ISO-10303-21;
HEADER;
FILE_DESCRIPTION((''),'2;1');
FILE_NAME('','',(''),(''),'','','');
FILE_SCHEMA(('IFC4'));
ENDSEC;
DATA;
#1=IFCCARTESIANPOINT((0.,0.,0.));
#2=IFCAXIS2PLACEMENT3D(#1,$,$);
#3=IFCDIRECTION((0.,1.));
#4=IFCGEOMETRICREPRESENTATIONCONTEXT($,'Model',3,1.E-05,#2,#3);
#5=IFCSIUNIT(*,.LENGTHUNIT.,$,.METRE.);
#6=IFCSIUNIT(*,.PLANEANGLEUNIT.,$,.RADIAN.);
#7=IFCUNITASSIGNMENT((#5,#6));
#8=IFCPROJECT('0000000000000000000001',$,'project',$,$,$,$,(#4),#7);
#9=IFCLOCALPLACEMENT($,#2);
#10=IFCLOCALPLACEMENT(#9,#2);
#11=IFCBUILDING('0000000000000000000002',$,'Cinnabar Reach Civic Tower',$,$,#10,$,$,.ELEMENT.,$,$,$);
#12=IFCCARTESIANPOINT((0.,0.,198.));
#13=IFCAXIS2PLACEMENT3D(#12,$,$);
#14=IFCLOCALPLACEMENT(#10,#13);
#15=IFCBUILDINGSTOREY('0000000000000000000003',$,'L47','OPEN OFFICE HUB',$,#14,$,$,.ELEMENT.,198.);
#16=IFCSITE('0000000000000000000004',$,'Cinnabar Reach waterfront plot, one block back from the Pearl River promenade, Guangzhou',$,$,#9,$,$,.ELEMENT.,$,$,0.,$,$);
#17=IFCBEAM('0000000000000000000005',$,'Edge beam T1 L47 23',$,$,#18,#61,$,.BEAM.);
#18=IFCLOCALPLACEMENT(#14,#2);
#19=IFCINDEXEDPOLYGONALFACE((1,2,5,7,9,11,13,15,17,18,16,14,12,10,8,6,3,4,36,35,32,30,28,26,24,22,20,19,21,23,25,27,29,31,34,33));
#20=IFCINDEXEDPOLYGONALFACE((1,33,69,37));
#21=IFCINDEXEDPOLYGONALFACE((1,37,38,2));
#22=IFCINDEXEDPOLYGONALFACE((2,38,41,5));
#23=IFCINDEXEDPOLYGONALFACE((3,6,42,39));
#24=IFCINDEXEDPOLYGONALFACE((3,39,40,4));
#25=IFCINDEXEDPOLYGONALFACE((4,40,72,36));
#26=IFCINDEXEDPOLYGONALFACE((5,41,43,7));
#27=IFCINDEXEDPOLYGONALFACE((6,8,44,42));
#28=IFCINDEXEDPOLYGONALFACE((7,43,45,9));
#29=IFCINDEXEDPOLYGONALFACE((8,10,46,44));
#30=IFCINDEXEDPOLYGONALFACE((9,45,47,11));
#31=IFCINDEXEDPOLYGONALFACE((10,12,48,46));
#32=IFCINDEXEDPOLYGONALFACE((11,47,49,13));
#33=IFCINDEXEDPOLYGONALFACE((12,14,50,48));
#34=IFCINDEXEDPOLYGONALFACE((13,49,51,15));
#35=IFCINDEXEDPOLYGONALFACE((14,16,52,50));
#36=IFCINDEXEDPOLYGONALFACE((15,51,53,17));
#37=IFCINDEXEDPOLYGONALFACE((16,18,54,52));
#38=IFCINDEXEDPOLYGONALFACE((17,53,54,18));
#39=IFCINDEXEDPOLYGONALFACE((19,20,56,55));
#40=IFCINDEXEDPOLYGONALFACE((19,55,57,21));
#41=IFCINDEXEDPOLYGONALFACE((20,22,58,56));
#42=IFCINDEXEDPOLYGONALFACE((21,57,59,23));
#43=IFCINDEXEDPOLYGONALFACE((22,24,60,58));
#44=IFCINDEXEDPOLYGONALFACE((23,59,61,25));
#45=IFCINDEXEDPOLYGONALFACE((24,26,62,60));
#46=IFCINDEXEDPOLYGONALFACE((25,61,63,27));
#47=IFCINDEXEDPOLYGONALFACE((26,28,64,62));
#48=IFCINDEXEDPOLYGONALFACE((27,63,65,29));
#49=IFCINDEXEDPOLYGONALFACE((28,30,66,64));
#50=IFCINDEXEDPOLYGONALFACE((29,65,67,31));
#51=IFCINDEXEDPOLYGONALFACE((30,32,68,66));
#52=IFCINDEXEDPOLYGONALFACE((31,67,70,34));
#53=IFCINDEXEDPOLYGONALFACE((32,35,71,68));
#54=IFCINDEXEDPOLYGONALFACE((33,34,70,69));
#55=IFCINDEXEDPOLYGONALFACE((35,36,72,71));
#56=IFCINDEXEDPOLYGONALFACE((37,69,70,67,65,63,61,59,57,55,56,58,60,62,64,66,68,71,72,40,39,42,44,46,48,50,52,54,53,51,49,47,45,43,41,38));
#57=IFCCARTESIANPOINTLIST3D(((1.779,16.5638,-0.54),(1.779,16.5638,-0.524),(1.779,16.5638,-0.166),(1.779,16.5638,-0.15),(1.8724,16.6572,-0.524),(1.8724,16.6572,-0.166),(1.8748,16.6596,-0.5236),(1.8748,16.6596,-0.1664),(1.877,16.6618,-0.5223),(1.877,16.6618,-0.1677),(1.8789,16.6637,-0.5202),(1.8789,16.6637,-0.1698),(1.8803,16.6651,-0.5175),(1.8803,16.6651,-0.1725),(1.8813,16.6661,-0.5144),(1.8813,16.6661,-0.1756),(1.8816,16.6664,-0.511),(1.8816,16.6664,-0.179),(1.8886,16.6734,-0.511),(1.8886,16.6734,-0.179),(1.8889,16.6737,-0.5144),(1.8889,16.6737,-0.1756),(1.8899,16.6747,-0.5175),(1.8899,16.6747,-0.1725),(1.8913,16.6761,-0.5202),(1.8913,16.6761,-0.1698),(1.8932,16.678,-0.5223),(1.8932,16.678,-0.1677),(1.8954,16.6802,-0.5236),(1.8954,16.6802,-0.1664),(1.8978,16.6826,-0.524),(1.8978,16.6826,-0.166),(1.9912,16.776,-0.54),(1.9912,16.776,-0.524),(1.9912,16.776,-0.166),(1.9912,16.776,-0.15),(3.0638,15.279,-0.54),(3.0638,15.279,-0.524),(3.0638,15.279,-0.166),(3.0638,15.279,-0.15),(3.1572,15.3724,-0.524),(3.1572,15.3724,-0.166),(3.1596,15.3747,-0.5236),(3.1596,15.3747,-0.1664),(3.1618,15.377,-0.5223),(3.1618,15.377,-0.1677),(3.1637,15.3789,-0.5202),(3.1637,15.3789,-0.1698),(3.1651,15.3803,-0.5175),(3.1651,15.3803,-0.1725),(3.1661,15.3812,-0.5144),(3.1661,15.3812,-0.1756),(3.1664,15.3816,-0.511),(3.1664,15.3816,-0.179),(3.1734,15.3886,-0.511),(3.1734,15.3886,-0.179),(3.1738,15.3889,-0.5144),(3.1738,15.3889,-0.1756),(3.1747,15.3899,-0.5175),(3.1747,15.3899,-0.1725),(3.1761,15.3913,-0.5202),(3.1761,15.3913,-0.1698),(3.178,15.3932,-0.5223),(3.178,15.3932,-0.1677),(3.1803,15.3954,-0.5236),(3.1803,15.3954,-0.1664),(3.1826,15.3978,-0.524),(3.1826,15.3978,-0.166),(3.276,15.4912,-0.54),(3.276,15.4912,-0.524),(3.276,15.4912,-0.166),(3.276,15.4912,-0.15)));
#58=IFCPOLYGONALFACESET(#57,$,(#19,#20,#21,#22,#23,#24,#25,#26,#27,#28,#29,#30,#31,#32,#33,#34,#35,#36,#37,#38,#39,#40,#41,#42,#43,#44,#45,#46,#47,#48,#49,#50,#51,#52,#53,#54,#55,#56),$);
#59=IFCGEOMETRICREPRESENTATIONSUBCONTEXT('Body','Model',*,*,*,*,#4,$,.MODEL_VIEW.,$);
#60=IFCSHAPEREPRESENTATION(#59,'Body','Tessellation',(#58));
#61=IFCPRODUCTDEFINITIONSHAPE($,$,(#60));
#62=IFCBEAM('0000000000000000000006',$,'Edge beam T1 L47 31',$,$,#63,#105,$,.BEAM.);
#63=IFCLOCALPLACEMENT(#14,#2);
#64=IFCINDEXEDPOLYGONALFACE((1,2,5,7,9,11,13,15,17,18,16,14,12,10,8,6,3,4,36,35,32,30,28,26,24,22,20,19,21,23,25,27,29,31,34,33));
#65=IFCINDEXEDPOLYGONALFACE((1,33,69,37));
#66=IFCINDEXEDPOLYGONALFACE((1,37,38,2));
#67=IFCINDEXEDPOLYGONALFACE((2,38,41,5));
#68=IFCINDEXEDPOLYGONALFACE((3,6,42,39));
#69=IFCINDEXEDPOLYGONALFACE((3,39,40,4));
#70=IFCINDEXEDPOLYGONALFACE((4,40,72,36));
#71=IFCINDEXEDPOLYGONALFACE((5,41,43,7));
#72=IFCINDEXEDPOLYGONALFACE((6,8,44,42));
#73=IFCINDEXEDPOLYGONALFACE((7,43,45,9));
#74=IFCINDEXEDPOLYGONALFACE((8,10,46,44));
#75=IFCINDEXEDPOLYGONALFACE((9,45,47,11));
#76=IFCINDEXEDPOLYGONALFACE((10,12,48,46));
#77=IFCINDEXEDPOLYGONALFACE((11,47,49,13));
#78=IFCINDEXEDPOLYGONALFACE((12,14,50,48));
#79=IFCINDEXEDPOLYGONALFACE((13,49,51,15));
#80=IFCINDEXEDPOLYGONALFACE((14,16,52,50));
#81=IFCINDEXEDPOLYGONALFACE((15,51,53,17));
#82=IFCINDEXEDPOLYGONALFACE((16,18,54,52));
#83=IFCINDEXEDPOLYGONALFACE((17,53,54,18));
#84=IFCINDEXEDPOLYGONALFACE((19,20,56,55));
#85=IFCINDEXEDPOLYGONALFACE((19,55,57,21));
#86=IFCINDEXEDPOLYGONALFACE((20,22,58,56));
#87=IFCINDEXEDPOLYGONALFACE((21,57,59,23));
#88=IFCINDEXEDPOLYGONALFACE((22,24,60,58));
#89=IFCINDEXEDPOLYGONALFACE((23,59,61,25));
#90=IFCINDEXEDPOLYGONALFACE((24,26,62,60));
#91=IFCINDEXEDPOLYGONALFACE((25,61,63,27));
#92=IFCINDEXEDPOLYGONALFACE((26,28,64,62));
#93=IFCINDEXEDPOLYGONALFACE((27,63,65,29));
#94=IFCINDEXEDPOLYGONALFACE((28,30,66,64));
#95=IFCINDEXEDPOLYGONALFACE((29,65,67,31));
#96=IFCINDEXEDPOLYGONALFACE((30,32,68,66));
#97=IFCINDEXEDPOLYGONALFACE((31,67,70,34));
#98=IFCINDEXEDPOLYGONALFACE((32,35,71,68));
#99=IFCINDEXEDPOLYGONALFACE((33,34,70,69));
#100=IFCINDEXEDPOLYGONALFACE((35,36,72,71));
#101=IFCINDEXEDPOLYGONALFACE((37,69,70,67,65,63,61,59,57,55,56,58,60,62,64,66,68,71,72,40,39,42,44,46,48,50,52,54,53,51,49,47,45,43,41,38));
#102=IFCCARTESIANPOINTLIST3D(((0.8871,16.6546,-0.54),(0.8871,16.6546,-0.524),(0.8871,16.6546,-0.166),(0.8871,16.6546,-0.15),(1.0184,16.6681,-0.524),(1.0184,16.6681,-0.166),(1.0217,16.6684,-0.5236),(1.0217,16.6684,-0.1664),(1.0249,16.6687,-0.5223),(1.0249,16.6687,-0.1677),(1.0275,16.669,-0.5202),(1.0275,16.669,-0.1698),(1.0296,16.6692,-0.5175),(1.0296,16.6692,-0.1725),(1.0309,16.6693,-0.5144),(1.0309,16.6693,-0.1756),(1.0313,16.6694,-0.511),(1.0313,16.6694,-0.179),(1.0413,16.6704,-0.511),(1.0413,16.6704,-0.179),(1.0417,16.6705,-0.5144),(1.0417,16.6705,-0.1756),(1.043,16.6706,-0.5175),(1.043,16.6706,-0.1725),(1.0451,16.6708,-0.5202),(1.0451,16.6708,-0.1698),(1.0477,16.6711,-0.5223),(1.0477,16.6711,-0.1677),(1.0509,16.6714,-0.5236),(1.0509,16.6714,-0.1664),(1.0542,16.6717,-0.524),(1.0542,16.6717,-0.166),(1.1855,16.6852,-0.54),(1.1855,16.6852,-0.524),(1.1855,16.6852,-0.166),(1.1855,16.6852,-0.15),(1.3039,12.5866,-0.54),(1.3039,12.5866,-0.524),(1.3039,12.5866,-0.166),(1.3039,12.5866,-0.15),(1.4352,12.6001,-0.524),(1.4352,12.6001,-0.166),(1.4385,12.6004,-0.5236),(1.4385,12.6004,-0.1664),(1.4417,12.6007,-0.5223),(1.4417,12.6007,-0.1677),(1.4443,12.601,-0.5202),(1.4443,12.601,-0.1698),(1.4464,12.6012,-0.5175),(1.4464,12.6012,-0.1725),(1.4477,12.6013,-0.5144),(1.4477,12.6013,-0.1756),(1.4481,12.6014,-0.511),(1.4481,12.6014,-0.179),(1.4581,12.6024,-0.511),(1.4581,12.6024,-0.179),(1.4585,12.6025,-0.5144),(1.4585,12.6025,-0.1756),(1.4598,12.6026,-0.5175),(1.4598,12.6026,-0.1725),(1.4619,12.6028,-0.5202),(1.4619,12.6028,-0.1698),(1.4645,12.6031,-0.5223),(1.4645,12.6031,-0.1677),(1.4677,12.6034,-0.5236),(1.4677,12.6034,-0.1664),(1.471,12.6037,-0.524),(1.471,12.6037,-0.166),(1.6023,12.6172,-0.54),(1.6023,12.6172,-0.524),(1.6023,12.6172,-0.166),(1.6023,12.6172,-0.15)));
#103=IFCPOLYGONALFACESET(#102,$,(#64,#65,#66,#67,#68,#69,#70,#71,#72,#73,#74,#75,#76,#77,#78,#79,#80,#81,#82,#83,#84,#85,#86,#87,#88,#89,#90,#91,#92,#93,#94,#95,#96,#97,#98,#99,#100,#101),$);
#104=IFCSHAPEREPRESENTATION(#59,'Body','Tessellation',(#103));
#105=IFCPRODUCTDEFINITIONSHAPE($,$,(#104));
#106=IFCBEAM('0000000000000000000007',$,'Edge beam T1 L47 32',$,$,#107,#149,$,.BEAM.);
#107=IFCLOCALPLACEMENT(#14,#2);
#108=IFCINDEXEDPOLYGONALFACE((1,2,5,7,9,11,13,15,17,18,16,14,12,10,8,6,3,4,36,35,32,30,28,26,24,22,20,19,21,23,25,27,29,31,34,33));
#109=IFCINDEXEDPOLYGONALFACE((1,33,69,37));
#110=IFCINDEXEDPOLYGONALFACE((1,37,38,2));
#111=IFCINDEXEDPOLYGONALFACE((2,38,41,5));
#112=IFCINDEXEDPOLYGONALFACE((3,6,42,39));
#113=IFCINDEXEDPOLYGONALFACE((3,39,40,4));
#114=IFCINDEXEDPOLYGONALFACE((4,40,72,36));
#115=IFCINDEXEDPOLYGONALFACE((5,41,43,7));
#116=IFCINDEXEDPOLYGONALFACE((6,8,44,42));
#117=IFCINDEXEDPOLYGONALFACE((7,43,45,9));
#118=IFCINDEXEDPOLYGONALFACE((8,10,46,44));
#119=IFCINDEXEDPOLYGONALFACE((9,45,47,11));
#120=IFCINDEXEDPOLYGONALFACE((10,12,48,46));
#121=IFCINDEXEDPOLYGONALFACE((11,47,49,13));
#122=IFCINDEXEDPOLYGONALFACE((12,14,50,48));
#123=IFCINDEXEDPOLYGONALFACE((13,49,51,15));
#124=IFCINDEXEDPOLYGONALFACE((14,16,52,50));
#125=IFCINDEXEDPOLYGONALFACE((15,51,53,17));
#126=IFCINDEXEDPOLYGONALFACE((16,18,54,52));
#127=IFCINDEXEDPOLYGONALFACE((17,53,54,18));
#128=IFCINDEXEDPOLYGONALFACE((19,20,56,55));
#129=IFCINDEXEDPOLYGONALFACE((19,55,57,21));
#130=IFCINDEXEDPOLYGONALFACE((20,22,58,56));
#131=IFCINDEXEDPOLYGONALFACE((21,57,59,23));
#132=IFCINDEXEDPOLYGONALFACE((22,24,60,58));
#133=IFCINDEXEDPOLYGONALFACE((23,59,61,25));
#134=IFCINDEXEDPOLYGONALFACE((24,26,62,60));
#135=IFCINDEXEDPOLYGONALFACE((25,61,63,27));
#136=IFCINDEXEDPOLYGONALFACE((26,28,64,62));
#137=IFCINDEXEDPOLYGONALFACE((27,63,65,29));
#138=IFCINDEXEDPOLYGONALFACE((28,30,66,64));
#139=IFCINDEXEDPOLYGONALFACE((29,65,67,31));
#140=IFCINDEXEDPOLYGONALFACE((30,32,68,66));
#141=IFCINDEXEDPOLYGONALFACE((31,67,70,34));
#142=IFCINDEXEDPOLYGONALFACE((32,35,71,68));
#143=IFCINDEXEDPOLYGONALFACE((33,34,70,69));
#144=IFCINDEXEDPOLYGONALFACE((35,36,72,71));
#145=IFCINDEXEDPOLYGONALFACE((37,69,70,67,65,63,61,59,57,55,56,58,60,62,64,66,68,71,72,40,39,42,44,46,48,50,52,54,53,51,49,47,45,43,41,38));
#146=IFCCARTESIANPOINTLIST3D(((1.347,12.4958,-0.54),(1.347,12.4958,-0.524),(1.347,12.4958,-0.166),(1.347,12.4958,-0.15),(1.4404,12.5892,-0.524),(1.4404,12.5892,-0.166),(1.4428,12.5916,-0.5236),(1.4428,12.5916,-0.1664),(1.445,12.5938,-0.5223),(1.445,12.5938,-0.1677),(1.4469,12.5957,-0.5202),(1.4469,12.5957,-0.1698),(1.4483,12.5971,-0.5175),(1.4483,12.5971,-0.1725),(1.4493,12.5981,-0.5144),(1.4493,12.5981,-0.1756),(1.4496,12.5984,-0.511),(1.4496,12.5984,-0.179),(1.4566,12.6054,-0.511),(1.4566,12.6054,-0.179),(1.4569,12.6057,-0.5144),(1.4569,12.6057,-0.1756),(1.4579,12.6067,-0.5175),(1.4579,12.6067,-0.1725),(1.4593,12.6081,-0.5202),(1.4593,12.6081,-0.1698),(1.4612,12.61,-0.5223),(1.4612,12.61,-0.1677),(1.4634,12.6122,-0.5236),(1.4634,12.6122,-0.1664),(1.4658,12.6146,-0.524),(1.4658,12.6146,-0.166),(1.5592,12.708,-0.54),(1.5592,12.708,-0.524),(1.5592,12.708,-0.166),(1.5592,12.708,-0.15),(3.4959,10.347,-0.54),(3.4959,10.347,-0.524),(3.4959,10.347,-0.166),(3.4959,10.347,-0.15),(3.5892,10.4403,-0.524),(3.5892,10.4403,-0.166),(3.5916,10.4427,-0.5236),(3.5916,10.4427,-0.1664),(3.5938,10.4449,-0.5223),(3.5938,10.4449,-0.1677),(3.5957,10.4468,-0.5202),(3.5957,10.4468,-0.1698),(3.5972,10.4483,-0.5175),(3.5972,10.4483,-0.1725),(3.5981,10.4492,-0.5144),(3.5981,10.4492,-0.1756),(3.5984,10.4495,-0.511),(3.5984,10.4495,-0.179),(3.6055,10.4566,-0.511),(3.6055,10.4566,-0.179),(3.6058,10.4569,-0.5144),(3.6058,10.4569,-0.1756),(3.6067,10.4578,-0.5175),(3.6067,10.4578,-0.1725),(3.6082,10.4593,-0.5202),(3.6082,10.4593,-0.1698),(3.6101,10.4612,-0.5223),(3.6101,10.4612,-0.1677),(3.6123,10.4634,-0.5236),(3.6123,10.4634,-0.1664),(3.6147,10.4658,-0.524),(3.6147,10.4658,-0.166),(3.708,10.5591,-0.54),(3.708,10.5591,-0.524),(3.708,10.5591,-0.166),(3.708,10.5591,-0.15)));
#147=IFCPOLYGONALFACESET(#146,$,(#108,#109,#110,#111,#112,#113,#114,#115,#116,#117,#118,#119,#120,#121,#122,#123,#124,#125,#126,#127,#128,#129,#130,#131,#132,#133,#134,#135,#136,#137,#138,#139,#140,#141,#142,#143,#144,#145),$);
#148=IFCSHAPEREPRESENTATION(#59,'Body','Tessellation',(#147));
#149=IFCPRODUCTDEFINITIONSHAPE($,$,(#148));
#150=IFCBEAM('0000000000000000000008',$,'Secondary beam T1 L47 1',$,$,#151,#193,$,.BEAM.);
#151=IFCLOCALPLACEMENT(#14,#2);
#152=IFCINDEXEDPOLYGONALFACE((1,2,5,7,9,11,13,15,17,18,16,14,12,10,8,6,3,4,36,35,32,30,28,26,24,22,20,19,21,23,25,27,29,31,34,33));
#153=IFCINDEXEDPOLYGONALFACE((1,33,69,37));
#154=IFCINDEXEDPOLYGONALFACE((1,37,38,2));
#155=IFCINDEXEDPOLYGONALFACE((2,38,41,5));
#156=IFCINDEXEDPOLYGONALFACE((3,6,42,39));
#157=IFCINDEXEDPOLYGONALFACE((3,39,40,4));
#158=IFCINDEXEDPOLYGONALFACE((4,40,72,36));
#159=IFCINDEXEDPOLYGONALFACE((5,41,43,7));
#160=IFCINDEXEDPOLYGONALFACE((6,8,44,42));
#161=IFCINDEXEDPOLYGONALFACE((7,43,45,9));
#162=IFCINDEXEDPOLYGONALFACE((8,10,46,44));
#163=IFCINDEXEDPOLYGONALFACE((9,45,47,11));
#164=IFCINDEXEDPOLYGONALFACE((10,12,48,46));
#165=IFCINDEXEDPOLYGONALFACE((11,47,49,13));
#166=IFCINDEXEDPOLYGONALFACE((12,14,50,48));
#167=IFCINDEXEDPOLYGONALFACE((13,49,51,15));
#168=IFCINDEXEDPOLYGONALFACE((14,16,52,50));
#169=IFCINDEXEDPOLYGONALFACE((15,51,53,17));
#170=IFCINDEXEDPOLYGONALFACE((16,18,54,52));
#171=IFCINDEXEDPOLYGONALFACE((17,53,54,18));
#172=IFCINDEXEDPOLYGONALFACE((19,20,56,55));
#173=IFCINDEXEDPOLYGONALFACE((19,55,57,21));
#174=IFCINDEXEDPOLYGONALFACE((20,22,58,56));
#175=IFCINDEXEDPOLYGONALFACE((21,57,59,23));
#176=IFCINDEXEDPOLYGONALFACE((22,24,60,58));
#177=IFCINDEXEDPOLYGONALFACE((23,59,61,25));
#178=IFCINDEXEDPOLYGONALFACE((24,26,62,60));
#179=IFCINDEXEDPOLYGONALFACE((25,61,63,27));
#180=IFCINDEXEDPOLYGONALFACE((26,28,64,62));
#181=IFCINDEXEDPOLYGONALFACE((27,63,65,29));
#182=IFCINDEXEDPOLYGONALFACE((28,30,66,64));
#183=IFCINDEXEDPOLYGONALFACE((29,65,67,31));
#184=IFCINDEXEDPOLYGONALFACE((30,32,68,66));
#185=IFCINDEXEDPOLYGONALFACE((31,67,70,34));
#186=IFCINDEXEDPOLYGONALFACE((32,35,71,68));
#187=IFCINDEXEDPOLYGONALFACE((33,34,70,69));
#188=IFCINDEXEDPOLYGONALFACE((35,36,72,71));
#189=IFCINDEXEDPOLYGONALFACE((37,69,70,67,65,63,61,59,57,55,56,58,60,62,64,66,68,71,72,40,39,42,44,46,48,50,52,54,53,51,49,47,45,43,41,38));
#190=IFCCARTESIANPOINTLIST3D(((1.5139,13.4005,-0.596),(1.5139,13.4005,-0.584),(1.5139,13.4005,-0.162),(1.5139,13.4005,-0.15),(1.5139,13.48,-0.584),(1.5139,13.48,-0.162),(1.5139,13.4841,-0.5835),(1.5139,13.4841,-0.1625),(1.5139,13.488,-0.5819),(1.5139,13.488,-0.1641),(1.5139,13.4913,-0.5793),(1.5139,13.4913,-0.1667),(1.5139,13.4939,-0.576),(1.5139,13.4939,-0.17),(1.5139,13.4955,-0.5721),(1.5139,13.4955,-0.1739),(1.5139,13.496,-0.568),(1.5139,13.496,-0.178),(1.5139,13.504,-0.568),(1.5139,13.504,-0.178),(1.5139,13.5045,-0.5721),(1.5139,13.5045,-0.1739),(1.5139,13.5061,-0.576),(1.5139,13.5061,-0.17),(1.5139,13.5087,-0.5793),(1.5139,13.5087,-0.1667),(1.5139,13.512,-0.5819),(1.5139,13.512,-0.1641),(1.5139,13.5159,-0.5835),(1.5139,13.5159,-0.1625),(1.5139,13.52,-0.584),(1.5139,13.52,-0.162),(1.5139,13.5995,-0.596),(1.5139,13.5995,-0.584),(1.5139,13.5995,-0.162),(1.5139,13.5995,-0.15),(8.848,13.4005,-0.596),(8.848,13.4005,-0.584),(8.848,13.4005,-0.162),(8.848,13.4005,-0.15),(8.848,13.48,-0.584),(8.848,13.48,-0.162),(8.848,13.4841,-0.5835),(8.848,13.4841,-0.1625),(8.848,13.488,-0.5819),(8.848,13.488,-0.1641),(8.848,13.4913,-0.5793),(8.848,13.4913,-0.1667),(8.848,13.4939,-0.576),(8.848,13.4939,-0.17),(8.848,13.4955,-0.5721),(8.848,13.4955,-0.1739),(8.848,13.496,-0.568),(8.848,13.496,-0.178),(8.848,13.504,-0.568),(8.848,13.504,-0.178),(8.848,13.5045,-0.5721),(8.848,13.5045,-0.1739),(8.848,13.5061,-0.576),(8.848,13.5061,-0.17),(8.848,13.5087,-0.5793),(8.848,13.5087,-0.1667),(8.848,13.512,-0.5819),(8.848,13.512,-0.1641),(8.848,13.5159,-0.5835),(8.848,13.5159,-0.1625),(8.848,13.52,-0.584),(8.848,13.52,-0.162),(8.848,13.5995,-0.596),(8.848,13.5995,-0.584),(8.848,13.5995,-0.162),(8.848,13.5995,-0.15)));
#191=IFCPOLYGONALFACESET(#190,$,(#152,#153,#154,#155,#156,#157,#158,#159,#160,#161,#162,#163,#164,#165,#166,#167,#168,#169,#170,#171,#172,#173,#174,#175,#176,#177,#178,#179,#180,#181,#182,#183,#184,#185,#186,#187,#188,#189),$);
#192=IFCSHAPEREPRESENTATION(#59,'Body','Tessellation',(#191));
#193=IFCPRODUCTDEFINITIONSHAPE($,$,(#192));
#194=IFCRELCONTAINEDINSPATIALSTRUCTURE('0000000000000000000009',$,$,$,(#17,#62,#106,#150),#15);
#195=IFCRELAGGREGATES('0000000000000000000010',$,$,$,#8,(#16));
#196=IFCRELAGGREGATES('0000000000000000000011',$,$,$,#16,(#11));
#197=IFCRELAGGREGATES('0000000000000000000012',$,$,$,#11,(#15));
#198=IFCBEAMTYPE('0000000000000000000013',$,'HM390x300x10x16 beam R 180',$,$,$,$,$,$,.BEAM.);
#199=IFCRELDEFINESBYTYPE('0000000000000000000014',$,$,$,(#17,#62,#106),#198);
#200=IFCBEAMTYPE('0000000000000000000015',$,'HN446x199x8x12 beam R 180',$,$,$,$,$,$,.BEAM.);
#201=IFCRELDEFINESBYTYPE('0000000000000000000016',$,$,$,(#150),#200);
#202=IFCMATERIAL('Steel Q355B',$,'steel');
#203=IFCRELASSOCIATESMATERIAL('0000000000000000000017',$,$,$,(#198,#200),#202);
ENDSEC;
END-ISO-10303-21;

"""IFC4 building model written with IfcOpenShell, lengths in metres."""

from ifc_helpers import new_model, si_unit, direction, frame, origin, origin_2d, place, context, subcontext, project, spatial, i_section, extrude, material, material_profile, profile_set, type_object, element, save


model = new_model("IFC4")

# Units and contexts
model_context = context("Model", 3, precision=1e-05, world=origin(), true_north=direction((0.0, 1.0)))
body_context = subcontext(model_context, "Body", "Model", "MODEL_VIEW")
ifc_project = project(units=[si_unit("LENGTHUNIT", "METRE"), si_unit("PLANEANGLEUNIT", "RADIAN")], contexts=[model_context])

# Site, building, storey
site_placement = place(None, origin())
site = spatial("IfcSite", under=ifc_project, at=site_placement, Name="Cinnabar Reach waterfront plot, one block back from the Pearl River promenade, Guangzhou", CompositionType="ELEMENT", RefElevation=0.0)
building_placement = place(site_placement, origin())
building = spatial("IfcBuilding", under=site, at=building_placement, Name="Cinnabar Reach Civic Tower", CompositionType="ELEMENT")
storey_placement = place(building_placement, frame((0.0, 0.0, 198.0)))
storey = spatial("IfcBuildingStorey", under=building, at=storey_placement, Name="L47", Description="OPEN OFFICE HUB", CompositionType="ELEMENT", Elevation=198.0)

# Beams
ifc_material_1 = material(Name="Steel Q355B", Category="steel")
ifc_material_profile_1 = material_profile(ifc_material_1, i_section(OverallWidth=0.3, OverallDepth=0.39, WebThickness=0.01, FlangeThickness=0.016, FilletRadius=0.013, at=origin_2d()), Name="HM390x300x10x16")
ifc_profile_set_1 = profile_set([ifc_material_profile_1], Name="Steel Q355B")
beam_type_1 = type_object("IfcBeamType", Name="HM390x300x10x16 beam R 180", PredefinedType="BEAM", material=ifc_profile_set_1)
beam_1_placement = place(storey_placement, frame((1.8851, 16.6699, -0.345), z_axis=(0.707107, -0.707107, 0.0), x_axis=(0.707107, 0.707107, 0.0)))
element("IfcBeam", 1, at=beam_1_placement, inside=storey, type_object=beam_type_1, Name="Edge beam T1 L47 23", PredefinedType="BEAM", context=body_context, shape_type="SweptSolid", body=[
    extrude(i_section(OverallWidth=0.3, OverallDepth=0.39, WebThickness=0.01, FlangeThickness=0.016, FilletRadius=0.013, at=origin_2d()), origin(), (0.0, 0.0, 1.0), 1.817),
])
beam_2_placement = place(storey_placement, frame((1.0363, 16.6699, -0.345), z_axis=(0.101925, -0.994792, 0.0), x_axis=(0.994792, 0.101925, 0.0)))
element("IfcBeam", 2, at=beam_2_placement, inside=storey, type_object=beam_type_1, Name="Edge beam T1 L47 31", PredefinedType="BEAM", context=body_context, shape_type="SweptSolid", body=[
    extrude(i_section(OverallWidth=0.3, OverallDepth=0.39, WebThickness=0.01, FlangeThickness=0.016, FilletRadius=0.013, at=origin_2d()), origin(), (0.0, 0.0, 1.0), 4.0893),
])
beam_3_placement = place(storey_placement, frame((1.4531, 12.6019, -0.345), z_axis=(0.707107, -0.707107, 0.0), x_axis=(0.707107, 0.707107, 0.0)))
element("IfcBeam", 3, at=beam_3_placement, inside=storey, type_object=beam_type_1, Name="Edge beam T1 L47 32", PredefinedType="BEAM", context=body_context, shape_type="SweptSolid", body=[
    extrude(i_section(OverallWidth=0.3, OverallDepth=0.39, WebThickness=0.01, FlangeThickness=0.016, FilletRadius=0.013, at=origin_2d()), origin(), (0.0, 0.0, 1.0), 3.0389),
])
ifc_material_profile_2 = material_profile(ifc_material_1, i_section(OverallWidth=0.199, OverallDepth=0.446, WebThickness=0.008, FlangeThickness=0.012, FilletRadius=0.016, at=origin_2d()), Name="HN446x199x8x12")
ifc_profile_set_2 = profile_set([ifc_material_profile_2], Name="Steel Q355B")
beam_type_2 = type_object("IfcBeamType", Name="HN446x199x8x12 beam R 180", PredefinedType="BEAM", material=ifc_profile_set_2)
beam_4_placement = place(storey_placement, frame((1.5139, 13.5, -0.373), z_axis=(1.0, 0.0, 0.0), x_axis=(0.0, 1.0, 0.0)))
element("IfcBeam", 4, at=beam_4_placement, inside=storey, type_object=beam_type_2, Name="Secondary beam T1 L47 1", PredefinedType="BEAM", context=body_context, shape_type="SweptSolid", body=[
    extrude(i_section(OverallWidth=0.199, OverallDepth=0.446, WebThickness=0.008, FlangeThickness=0.012, FilletRadius=0.016, at=origin_2d()), origin(), (0.0, 0.0, 1.0), 7.3341),
])

save(model, "model.ifc")
